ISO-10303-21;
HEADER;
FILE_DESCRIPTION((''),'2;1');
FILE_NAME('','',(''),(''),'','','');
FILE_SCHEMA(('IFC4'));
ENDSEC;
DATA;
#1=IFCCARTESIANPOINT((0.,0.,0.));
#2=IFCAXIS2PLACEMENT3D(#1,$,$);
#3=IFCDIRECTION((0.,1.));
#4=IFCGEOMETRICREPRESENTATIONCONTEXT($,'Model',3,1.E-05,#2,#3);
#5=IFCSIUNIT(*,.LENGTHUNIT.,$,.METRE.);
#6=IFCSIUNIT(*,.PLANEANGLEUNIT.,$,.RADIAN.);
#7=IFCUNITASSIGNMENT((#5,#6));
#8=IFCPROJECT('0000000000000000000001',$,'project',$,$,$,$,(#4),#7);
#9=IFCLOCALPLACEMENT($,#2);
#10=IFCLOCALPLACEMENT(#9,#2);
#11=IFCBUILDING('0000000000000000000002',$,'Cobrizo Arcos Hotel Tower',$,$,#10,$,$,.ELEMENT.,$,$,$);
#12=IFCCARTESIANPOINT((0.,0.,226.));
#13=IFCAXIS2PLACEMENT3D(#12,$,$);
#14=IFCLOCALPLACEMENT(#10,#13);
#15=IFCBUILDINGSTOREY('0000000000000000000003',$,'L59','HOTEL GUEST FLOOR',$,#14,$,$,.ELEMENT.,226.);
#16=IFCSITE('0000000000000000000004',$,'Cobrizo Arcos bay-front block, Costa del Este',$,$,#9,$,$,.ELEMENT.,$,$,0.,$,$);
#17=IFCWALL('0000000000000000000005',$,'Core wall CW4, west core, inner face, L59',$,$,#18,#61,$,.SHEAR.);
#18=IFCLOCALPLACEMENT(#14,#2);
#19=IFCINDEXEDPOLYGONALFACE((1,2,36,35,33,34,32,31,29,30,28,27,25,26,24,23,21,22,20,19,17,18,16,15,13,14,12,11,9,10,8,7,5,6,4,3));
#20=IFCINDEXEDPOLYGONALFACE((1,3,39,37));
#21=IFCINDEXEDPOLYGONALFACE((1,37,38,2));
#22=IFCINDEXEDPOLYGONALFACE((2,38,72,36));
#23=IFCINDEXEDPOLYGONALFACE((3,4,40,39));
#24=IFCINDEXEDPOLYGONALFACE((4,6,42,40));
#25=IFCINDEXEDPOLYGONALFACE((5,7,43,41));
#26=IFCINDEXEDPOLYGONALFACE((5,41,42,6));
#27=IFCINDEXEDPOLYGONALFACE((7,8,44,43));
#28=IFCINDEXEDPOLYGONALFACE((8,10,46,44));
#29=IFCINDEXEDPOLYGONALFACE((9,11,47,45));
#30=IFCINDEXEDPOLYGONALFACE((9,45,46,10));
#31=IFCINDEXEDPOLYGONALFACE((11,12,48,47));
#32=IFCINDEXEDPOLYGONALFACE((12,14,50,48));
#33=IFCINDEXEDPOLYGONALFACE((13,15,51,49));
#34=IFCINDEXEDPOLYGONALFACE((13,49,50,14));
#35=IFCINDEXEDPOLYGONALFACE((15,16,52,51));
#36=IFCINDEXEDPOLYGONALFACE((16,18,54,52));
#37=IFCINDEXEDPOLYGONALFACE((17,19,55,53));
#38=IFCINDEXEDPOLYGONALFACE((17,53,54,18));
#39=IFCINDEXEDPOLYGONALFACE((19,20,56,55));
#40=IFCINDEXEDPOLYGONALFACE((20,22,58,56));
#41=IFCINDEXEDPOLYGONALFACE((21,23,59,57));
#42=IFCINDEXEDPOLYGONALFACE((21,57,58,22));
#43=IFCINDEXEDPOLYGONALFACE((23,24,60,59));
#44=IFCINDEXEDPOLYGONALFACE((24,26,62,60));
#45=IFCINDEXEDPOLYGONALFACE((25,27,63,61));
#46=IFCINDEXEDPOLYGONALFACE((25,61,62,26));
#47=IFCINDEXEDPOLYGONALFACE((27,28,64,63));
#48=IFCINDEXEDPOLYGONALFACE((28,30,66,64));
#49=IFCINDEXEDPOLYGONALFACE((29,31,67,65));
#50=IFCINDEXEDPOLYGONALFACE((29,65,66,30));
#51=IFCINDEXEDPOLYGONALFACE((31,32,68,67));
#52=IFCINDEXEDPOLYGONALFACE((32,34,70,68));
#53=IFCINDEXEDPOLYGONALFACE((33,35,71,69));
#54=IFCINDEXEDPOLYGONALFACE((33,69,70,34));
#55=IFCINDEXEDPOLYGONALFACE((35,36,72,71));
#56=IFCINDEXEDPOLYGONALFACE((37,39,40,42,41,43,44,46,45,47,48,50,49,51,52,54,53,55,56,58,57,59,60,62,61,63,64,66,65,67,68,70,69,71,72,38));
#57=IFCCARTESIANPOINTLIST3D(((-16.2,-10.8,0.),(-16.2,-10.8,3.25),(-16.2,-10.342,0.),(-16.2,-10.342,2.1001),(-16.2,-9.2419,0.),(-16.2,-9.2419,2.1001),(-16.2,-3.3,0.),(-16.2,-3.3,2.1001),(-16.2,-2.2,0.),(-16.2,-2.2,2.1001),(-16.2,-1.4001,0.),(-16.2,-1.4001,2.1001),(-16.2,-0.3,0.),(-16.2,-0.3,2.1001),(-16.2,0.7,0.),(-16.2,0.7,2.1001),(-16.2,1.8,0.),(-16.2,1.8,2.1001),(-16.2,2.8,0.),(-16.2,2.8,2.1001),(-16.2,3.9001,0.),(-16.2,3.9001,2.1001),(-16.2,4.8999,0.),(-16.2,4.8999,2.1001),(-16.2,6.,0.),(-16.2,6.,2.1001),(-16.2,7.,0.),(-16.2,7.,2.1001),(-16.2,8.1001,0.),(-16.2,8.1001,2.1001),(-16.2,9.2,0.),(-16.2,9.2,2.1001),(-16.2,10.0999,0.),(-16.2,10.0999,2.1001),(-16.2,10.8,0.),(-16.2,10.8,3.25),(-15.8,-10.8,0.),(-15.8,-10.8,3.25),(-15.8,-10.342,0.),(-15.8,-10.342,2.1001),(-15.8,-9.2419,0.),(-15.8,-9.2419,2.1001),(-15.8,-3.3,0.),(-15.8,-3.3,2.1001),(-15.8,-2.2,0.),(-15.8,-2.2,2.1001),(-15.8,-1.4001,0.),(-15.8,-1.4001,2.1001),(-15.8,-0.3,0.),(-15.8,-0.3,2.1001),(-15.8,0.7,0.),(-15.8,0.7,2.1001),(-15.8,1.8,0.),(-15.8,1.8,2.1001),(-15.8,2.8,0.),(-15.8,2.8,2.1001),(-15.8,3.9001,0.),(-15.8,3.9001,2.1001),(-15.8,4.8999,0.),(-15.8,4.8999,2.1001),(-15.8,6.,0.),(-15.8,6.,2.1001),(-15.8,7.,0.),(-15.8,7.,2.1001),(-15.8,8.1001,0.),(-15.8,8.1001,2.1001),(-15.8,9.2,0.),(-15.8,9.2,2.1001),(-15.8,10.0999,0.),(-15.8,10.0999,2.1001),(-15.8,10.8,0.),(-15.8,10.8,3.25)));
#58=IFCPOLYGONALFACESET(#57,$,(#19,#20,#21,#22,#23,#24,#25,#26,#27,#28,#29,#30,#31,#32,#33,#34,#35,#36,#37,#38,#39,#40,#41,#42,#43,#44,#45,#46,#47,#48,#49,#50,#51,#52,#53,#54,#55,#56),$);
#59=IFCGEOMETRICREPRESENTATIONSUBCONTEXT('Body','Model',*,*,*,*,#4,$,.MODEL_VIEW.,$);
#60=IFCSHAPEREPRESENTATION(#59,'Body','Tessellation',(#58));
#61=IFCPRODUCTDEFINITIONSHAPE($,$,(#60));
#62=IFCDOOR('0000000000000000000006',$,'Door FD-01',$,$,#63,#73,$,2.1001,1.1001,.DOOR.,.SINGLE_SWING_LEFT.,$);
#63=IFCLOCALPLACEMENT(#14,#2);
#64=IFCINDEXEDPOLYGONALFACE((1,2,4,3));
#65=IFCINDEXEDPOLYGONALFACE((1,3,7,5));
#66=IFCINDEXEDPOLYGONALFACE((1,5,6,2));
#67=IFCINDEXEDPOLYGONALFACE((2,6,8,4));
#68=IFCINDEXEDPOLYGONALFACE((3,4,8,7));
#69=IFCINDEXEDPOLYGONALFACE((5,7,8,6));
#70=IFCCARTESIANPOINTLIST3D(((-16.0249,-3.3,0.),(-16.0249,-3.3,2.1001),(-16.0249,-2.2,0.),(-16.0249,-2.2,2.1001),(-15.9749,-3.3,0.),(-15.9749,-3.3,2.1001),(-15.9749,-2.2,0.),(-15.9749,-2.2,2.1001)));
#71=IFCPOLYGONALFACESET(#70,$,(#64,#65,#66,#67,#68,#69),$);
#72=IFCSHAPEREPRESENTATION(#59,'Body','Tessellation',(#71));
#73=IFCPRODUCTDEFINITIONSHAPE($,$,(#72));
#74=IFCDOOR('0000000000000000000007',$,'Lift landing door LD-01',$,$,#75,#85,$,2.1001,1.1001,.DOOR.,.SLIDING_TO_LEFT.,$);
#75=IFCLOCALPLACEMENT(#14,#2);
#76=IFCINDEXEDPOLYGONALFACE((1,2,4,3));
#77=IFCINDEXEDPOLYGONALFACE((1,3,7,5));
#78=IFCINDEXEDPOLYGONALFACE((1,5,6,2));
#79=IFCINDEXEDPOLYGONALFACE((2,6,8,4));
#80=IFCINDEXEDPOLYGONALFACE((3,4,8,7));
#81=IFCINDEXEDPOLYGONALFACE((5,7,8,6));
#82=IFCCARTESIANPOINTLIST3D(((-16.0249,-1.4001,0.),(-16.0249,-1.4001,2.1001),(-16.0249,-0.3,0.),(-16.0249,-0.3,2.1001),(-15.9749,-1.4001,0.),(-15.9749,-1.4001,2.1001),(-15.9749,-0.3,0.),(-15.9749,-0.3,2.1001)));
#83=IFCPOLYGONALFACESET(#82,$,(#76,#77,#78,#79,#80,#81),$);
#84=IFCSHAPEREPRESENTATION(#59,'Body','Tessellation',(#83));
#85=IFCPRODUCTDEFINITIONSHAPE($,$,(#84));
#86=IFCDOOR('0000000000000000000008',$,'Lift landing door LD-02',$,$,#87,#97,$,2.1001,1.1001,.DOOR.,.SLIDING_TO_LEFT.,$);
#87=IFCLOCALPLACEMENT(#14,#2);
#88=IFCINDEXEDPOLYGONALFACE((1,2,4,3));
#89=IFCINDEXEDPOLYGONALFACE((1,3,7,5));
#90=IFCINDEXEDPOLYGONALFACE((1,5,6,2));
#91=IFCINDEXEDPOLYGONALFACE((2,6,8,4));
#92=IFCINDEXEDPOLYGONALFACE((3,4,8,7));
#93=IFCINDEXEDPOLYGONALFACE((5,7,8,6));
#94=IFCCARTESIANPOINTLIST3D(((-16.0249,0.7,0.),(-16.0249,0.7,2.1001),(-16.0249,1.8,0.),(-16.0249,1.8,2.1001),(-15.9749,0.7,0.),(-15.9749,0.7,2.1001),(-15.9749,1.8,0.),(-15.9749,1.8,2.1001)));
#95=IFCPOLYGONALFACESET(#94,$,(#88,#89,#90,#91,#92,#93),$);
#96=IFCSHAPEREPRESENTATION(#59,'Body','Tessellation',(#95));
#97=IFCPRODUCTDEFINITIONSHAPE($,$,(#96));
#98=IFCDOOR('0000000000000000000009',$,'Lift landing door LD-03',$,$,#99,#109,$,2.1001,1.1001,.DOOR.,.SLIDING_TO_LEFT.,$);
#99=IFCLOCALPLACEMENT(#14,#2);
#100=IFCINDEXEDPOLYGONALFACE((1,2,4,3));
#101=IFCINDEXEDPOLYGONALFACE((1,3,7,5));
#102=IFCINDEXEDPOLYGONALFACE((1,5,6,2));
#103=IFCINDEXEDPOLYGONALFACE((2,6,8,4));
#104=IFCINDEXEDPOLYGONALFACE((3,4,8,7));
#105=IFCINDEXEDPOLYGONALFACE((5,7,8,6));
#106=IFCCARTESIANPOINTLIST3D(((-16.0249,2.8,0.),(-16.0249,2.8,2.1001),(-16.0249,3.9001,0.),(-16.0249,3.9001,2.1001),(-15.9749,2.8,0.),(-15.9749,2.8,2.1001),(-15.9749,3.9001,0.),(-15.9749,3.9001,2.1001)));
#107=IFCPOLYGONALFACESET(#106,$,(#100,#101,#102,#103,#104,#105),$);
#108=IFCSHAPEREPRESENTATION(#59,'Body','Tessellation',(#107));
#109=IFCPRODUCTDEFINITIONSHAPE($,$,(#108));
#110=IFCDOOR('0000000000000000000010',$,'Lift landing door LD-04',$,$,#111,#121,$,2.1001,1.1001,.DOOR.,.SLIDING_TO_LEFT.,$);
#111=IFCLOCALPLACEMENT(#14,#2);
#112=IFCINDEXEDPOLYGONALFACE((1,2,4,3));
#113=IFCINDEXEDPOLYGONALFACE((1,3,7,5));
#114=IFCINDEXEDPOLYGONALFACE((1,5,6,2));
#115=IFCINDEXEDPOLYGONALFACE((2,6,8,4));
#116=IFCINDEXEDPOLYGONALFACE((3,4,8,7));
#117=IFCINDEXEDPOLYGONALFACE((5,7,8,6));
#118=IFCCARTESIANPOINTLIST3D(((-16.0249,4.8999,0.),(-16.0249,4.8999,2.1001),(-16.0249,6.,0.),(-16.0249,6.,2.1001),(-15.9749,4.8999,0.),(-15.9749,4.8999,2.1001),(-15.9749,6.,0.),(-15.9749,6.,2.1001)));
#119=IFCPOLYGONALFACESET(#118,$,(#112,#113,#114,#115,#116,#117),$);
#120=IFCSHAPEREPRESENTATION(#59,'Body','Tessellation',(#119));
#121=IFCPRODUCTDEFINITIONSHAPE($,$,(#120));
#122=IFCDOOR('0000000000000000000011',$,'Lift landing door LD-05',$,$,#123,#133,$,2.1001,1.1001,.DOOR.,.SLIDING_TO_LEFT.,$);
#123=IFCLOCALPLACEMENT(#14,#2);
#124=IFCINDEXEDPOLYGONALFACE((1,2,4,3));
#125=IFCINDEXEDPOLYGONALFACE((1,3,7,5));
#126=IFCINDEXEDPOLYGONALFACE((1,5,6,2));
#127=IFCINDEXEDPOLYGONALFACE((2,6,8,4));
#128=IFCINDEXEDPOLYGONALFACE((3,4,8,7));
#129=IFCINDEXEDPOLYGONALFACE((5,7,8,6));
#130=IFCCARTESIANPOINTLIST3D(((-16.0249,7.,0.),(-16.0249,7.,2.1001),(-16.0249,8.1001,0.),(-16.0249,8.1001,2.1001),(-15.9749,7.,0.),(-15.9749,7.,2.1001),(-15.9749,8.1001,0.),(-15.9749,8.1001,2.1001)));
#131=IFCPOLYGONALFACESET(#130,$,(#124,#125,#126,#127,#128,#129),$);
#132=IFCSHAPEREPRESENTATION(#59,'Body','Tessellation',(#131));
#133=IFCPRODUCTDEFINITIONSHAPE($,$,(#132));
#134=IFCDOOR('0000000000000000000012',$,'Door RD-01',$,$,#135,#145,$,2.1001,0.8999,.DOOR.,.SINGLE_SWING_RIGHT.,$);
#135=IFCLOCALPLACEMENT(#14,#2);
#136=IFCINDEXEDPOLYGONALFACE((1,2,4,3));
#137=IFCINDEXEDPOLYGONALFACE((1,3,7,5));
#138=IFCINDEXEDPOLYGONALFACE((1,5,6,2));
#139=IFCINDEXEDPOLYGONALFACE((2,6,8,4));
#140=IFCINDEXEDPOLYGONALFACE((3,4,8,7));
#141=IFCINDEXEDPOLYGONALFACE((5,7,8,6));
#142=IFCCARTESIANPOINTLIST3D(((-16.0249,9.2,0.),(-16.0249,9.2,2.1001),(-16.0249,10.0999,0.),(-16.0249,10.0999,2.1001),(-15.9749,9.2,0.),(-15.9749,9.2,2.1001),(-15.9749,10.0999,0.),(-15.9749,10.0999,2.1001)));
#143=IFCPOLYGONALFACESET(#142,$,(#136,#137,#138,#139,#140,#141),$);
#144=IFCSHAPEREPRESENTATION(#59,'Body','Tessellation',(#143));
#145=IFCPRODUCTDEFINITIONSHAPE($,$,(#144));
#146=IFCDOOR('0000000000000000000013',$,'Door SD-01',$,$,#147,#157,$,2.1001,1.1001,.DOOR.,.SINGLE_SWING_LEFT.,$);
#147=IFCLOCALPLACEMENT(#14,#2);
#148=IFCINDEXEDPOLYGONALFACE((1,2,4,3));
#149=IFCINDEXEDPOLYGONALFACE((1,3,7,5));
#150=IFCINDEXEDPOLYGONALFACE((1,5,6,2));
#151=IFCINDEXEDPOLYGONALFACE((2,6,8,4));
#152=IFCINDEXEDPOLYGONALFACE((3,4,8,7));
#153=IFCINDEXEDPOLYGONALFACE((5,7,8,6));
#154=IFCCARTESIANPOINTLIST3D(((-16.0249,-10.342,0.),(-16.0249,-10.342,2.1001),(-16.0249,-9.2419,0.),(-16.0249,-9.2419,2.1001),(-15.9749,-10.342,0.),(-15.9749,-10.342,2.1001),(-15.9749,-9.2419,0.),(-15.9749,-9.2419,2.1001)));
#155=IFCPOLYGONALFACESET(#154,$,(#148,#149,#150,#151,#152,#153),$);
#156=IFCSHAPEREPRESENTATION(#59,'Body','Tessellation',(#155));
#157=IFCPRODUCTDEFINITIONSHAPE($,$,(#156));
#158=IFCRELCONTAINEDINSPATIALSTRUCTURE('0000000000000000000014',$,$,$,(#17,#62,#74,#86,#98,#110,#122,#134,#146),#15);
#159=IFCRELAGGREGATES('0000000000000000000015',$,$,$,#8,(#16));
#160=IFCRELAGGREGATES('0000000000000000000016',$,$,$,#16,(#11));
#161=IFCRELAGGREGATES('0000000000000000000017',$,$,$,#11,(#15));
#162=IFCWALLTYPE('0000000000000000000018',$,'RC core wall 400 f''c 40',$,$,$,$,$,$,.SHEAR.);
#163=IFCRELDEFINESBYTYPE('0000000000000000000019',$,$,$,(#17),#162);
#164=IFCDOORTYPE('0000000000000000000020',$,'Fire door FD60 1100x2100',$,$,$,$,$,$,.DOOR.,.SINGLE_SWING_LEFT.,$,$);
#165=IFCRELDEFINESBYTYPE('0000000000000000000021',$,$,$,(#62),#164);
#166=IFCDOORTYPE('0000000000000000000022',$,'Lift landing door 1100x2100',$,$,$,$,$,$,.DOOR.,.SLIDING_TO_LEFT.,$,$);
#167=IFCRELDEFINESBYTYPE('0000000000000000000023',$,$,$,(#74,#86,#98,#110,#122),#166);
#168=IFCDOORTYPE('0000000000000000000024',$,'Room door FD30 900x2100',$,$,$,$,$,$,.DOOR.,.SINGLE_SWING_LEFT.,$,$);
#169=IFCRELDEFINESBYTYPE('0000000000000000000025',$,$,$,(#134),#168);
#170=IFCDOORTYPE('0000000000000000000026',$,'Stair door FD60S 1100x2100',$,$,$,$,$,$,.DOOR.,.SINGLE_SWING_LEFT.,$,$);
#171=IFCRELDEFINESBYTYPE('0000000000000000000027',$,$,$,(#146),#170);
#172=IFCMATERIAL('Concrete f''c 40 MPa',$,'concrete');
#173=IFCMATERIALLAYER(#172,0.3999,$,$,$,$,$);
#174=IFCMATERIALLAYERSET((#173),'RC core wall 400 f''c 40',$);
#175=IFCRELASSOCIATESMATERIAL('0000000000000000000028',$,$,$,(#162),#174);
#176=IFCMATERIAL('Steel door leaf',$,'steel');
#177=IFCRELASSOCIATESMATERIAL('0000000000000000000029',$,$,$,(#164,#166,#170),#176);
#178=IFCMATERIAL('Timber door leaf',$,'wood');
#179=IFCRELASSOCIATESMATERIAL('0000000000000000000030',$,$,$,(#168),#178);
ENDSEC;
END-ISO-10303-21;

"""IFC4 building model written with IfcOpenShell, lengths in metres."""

from ifc_helpers import new_model, si_unit, direction, frame, frame_2d, origin, place, context, subcontext, project, spatial, rectangle, extrude, material, layer, layer_set, type_object, element, fill, save


model = new_model("IFC4")

# Units and contexts
model_context = context("Model", 3, precision=1e-05, world=origin(), true_north=direction((0.0, 1.0)))
body_context = subcontext(model_context, "Body", "Model", "MODEL_VIEW")
ifc_project = project(units=[si_unit("LENGTHUNIT", "METRE"), si_unit("PLANEANGLEUNIT", "RADIAN")], contexts=[model_context])

# Site, building, storey
site_placement = place(None, origin())
site = spatial("IfcSite", under=ifc_project, at=site_placement, Name="Cobrizo Arcos bay-front block, Costa del Este", CompositionType="ELEMENT", RefElevation=0.0)
building_placement = place(site_placement, origin())
building = spatial("IfcBuilding", under=site, at=building_placement, Name="Cobrizo Arcos Hotel Tower", CompositionType="ELEMENT")
storey_placement = place(building_placement, frame((0.0, 0.0, 226.0)))
storey = spatial("IfcBuildingStorey", under=building, at=storey_placement, Name="L59", Description="HOTEL GUEST FLOOR", CompositionType="ELEMENT", Elevation=226.0)

# Shared definitions
ifc_material_1 = material(Name="Timber door leaf", Category="wood")

# Wall, openings, doors
ifc_material_2 = material(Name="Concrete f'c 40 MPa", Category="concrete")
ifc_layer_1 = layer(ifc_material_2, 0.3999)
ifc_layer_set_1 = layer_set([ifc_layer_1], Name="RC core wall 400 f'c 40")
wall_type_1 = type_object("IfcWallType", Name="RC core wall 400 f'c 40", PredefinedType="SHEAR", material=ifc_layer_set_1)
wall_1_placement = place(storey_placement, frame((-16.0, -10.8, 0.0), z_axis=(0.0, 0.0, 1.0), x_axis=(0.0, 1.0, 0.0)))
wall_1 = element("IfcWall", 1, at=wall_1_placement, inside=storey, type_object=wall_type_1, Name="Core wall CW4, west core, inner face, L59", PredefinedType="SHEAR", context=body_context, shape_type="SweptSolid", body=[
    extrude(rectangle(XDim=21.6001, YDim=0.3999, at=frame_2d((10.8, 0.0))), origin(), (0.0, 0.0, 1.0), 3.25),
])
opening_1_placement = place(wall_1_placement, frame((9.3999, 0.0, 0.0)))
opening_1 = element("IfcOpeningElement", 2, at=opening_1_placement, cuts=wall_1, PredefinedType="OPENING", context=body_context, shape_type="SweptSolid", body=[
    extrude(rectangle(XDim=1.1001, YDim=2.1001, at=frame_2d((0.55, 1.05))), frame((0.0, 0.2119, 0.0), z_axis=(0.0, -1.0, 0.0), x_axis=(1.0, 0.0, 0.0)), (0.0, 0.0, 1.0), 0.4238),
])
opening_2_placement = place(wall_1_placement, frame((11.5, 0.0, 0.0)))
opening_2 = element("IfcOpeningElement", 3, at=opening_2_placement, cuts=wall_1, PredefinedType="OPENING", context=body_context, shape_type="SweptSolid", body=[
    extrude(rectangle(XDim=1.1001, YDim=2.1001, at=frame_2d((0.55, 1.05))), frame((0.0, 0.2119, 0.0), z_axis=(0.0, -1.0, 0.0), x_axis=(1.0, 0.0, 0.0)), (0.0, 0.0, 1.0), 0.4238),
])
opening_3_placement = place(wall_1_placement, frame((13.6001, 0.0, 0.0)))
opening_3 = element("IfcOpeningElement", 4, at=opening_3_placement, cuts=wall_1, PredefinedType="OPENING", context=body_context, shape_type="SweptSolid", body=[
    extrude(rectangle(XDim=1.1001, YDim=2.1001, at=frame_2d((0.55, 1.05))), frame((0.0, 0.2119, 0.0), z_axis=(0.0, -1.0, 0.0), x_axis=(1.0, 0.0, 0.0)), (0.0, 0.0, 1.0), 0.4238),
])
opening_4_placement = place(wall_1_placement, frame((15.7, 0.0, 0.0)))
opening_4 = element("IfcOpeningElement", 5, at=opening_4_placement, cuts=wall_1, PredefinedType="OPENING", context=body_context, shape_type="SweptSolid", body=[
    extrude(rectangle(XDim=1.1001, YDim=2.1001, at=frame_2d((0.55, 1.05))), frame((0.0, 0.2119, 0.0), z_axis=(0.0, -1.0, 0.0), x_axis=(1.0, 0.0, 0.0)), (0.0, 0.0, 1.0), 0.4238),
])
opening_5_placement = place(wall_1_placement, frame((17.8, 0.0, 0.0)))
opening_5 = element("IfcOpeningElement", 6, at=opening_5_placement, cuts=wall_1, PredefinedType="OPENING", context=body_context, shape_type="SweptSolid", body=[
    extrude(rectangle(XDim=1.1001, YDim=2.1001, at=frame_2d((0.55, 1.05))), frame((0.0, 0.2119, 0.0), z_axis=(0.0, -1.0, 0.0), x_axis=(1.0, 0.0, 0.0)), (0.0, 0.0, 1.0), 0.4238),
])
opening_6_placement = place(wall_1_placement, frame((0.458, 0.0, 0.0)))
opening_6 = element("IfcOpeningElement", 7, at=opening_6_placement, cuts=wall_1, PredefinedType="OPENING", context=body_context, shape_type="SweptSolid", body=[
    extrude(rectangle(XDim=1.1001, YDim=2.1001, at=frame_2d((0.55, 1.05))), frame((0.0, 0.2119, 0.0), z_axis=(0.0, -1.0, 0.0), x_axis=(1.0, 0.0, 0.0)), (0.0, 0.0, 1.0), 0.4238),
])
opening_7_placement = place(wall_1_placement, frame((7.5, 0.0, 0.0)))
opening_7 = element("IfcOpeningElement", 8, at=opening_7_placement, cuts=wall_1, PredefinedType="OPENING", context=body_context, shape_type="SweptSolid", body=[
    extrude(rectangle(XDim=1.1001, YDim=2.1001, at=frame_2d((0.55, 1.05))), frame((0.0, 0.2119, 0.0), z_axis=(0.0, -1.0, 0.0), x_axis=(1.0, 0.0, 0.0)), (0.0, 0.0, 1.0), 0.4238),
])
opening_8_placement = place(wall_1_placement, frame((20.0, 0.0, 0.0)))
opening_8 = element("IfcOpeningElement", 9, at=opening_8_placement, cuts=wall_1, PredefinedType="OPENING", context=body_context, shape_type="SweptSolid", body=[
    extrude(rectangle(XDim=0.8999, YDim=2.1001, at=frame_2d((0.45, 1.05))), frame((0.0, 0.2119, 0.0), z_axis=(0.0, -1.0, 0.0), x_axis=(1.0, 0.0, 0.0)), (0.0, 0.0, 1.0), 0.4238),
])
ifc_material_3 = material(Name="Steel door leaf", Category="steel")
door_type_1 = type_object("IfcDoorType", Name="Fire door FD60 1100x2100", OperationType="SINGLE_SWING_LEFT", PredefinedType="DOOR", material=ifc_material_3)
door_1_placement = place(opening_7_placement, origin())
door_1 = element("IfcDoor", 10, at=door_1_placement, inside=storey, type_object=door_type_1, Name="Door FD-01", OperationType="SINGLE_SWING_LEFT", OverallHeight=2.1001, OverallWidth=1.1001, PredefinedType="DOOR", context=body_context, shape_type="SweptSolid", body=[
    extrude(rectangle(XDim=1.1001, YDim=2.1001, at=frame_2d((0.55, 1.05))), frame((0.0, 0.0249, 0.0), z_axis=(0.0, -1.0, 0.0), x_axis=(1.0, 0.0, 0.0)), (0.0, 0.0, 1.0), 0.05),
])
fill(opening_7, door_1)
door_type_2 = type_object("IfcDoorType", Name="Lift landing door 1100x2100", OperationType="SLIDING_TO_LEFT", PredefinedType="DOOR", material=ifc_material_3)
door_2_placement = place(opening_1_placement, origin())
door_2 = element("IfcDoor", 11, at=door_2_placement, inside=storey, type_object=door_type_2, Name="Lift landing door LD-01", OperationType="SLIDING_TO_LEFT", OverallHeight=2.1001, OverallWidth=1.1001, PredefinedType="DOOR", context=body_context, shape_type="SweptSolid", body=[
    extrude(rectangle(XDim=1.1001, YDim=2.1001, at=frame_2d((0.55, 1.05))), frame((0.0, 0.0249, 0.0), z_axis=(0.0, -1.0, 0.0), x_axis=(1.0, 0.0, 0.0)), (0.0, 0.0, 1.0), 0.05),
])
fill(opening_1, door_2)
door_3_placement = place(opening_2_placement, origin())
door_3 = element("IfcDoor", 12, at=door_3_placement, inside=storey, type_object=door_type_2, Name="Lift landing door LD-02", OperationType="SLIDING_TO_LEFT", OverallHeight=2.1001, OverallWidth=1.1001, PredefinedType="DOOR", context=body_context, shape_type="SweptSolid", body=[
    extrude(rectangle(XDim=1.1001, YDim=2.1001, at=frame_2d((0.55, 1.05))), frame((0.0, 0.0249, 0.0), z_axis=(0.0, -1.0, 0.0), x_axis=(1.0, 0.0, 0.0)), (0.0, 0.0, 1.0), 0.05),
])
fill(opening_2, door_3)
door_4_placement = place(opening_3_placement, origin())
door_4 = element("IfcDoor", 13, at=door_4_placement, inside=storey, type_object=door_type_2, Name="Lift landing door LD-03", OperationType="SLIDING_TO_LEFT", OverallHeight=2.1001, OverallWidth=1.1001, PredefinedType="DOOR", context=body_context, shape_type="SweptSolid", body=[
    extrude(rectangle(XDim=1.1001, YDim=2.1001, at=frame_2d((0.55, 1.05))), frame((0.0, 0.0249, 0.0), z_axis=(0.0, -1.0, 0.0), x_axis=(1.0, 0.0, 0.0)), (0.0, 0.0, 1.0), 0.05),
])
fill(opening_3, door_4)
door_5_placement = place(opening_4_placement, origin())
door_5 = element("IfcDoor", 14, at=door_5_placement, inside=storey, type_object=door_type_2, Name="Lift landing door LD-04", OperationType="SLIDING_TO_LEFT", OverallHeight=2.1001, OverallWidth=1.1001, PredefinedType="DOOR", context=body_context, shape_type="SweptSolid", body=[
    extrude(rectangle(XDim=1.1001, YDim=2.1001, at=frame_2d((0.55, 1.05))), frame((0.0, 0.0249, 0.0), z_axis=(0.0, -1.0, 0.0), x_axis=(1.0, 0.0, 0.0)), (0.0, 0.0, 1.0), 0.05),
])
fill(opening_4, door_5)
door_6_placement = place(opening_5_placement, origin())
door_6 = element("IfcDoor", 15, at=door_6_placement, inside=storey, type_object=door_type_2, Name="Lift landing door LD-05", OperationType="SLIDING_TO_LEFT", OverallHeight=2.1001, OverallWidth=1.1001, PredefinedType="DOOR", context=body_context, shape_type="SweptSolid", body=[
    extrude(rectangle(XDim=1.1001, YDim=2.1001, at=frame_2d((0.55, 1.05))), frame((0.0, 0.0249, 0.0), z_axis=(0.0, -1.0, 0.0), x_axis=(1.0, 0.0, 0.0)), (0.0, 0.0, 1.0), 0.05),
])
fill(opening_5, door_6)
door_type_3 = type_object("IfcDoorType", Name="Room door FD30 900x2100", OperationType="SINGLE_SWING_LEFT", PredefinedType="DOOR", material=ifc_material_1)
door_7_placement = place(opening_8_placement, origin())
door_7 = element("IfcDoor", 16, at=door_7_placement, inside=storey, type_object=door_type_3, Name="Door RD-01", OperationType="SINGLE_SWING_RIGHT", OverallHeight=2.1001, OverallWidth=0.8999, PredefinedType="DOOR", context=body_context, shape_type="SweptSolid", body=[
    extrude(rectangle(XDim=0.8999, YDim=2.1001, at=frame_2d((0.45, 1.05))), frame((0.0, 0.0249, 0.0), z_axis=(0.0, -1.0, 0.0), x_axis=(1.0, 0.0, 0.0)), (0.0, 0.0, 1.0), 0.05),
])
fill(opening_8, door_7)
door_type_4 = type_object("IfcDoorType", Name="Stair door FD60S 1100x2100", OperationType="SINGLE_SWING_LEFT", PredefinedType="DOOR", material=ifc_material_3)
door_8_placement = place(opening_6_placement, origin())
door_8 = element("IfcDoor", 17, at=door_8_placement, inside=storey, type_object=door_type_4, Name="Door SD-01", OperationType="SINGLE_SWING_LEFT", OverallHeight=2.1001, OverallWidth=1.1001, PredefinedType="DOOR", context=body_context, shape_type="SweptSolid", body=[
    extrude(rectangle(XDim=1.1001, YDim=2.1001, at=frame_2d((0.55, 1.05))), frame((0.0, 0.0249, 0.0), z_axis=(0.0, -1.0, 0.0), x_axis=(1.0, 0.0, 0.0)), (0.0, 0.0, 1.0), 0.05),
])
fill(opening_6, door_8)

save(model, "model.ifc")
